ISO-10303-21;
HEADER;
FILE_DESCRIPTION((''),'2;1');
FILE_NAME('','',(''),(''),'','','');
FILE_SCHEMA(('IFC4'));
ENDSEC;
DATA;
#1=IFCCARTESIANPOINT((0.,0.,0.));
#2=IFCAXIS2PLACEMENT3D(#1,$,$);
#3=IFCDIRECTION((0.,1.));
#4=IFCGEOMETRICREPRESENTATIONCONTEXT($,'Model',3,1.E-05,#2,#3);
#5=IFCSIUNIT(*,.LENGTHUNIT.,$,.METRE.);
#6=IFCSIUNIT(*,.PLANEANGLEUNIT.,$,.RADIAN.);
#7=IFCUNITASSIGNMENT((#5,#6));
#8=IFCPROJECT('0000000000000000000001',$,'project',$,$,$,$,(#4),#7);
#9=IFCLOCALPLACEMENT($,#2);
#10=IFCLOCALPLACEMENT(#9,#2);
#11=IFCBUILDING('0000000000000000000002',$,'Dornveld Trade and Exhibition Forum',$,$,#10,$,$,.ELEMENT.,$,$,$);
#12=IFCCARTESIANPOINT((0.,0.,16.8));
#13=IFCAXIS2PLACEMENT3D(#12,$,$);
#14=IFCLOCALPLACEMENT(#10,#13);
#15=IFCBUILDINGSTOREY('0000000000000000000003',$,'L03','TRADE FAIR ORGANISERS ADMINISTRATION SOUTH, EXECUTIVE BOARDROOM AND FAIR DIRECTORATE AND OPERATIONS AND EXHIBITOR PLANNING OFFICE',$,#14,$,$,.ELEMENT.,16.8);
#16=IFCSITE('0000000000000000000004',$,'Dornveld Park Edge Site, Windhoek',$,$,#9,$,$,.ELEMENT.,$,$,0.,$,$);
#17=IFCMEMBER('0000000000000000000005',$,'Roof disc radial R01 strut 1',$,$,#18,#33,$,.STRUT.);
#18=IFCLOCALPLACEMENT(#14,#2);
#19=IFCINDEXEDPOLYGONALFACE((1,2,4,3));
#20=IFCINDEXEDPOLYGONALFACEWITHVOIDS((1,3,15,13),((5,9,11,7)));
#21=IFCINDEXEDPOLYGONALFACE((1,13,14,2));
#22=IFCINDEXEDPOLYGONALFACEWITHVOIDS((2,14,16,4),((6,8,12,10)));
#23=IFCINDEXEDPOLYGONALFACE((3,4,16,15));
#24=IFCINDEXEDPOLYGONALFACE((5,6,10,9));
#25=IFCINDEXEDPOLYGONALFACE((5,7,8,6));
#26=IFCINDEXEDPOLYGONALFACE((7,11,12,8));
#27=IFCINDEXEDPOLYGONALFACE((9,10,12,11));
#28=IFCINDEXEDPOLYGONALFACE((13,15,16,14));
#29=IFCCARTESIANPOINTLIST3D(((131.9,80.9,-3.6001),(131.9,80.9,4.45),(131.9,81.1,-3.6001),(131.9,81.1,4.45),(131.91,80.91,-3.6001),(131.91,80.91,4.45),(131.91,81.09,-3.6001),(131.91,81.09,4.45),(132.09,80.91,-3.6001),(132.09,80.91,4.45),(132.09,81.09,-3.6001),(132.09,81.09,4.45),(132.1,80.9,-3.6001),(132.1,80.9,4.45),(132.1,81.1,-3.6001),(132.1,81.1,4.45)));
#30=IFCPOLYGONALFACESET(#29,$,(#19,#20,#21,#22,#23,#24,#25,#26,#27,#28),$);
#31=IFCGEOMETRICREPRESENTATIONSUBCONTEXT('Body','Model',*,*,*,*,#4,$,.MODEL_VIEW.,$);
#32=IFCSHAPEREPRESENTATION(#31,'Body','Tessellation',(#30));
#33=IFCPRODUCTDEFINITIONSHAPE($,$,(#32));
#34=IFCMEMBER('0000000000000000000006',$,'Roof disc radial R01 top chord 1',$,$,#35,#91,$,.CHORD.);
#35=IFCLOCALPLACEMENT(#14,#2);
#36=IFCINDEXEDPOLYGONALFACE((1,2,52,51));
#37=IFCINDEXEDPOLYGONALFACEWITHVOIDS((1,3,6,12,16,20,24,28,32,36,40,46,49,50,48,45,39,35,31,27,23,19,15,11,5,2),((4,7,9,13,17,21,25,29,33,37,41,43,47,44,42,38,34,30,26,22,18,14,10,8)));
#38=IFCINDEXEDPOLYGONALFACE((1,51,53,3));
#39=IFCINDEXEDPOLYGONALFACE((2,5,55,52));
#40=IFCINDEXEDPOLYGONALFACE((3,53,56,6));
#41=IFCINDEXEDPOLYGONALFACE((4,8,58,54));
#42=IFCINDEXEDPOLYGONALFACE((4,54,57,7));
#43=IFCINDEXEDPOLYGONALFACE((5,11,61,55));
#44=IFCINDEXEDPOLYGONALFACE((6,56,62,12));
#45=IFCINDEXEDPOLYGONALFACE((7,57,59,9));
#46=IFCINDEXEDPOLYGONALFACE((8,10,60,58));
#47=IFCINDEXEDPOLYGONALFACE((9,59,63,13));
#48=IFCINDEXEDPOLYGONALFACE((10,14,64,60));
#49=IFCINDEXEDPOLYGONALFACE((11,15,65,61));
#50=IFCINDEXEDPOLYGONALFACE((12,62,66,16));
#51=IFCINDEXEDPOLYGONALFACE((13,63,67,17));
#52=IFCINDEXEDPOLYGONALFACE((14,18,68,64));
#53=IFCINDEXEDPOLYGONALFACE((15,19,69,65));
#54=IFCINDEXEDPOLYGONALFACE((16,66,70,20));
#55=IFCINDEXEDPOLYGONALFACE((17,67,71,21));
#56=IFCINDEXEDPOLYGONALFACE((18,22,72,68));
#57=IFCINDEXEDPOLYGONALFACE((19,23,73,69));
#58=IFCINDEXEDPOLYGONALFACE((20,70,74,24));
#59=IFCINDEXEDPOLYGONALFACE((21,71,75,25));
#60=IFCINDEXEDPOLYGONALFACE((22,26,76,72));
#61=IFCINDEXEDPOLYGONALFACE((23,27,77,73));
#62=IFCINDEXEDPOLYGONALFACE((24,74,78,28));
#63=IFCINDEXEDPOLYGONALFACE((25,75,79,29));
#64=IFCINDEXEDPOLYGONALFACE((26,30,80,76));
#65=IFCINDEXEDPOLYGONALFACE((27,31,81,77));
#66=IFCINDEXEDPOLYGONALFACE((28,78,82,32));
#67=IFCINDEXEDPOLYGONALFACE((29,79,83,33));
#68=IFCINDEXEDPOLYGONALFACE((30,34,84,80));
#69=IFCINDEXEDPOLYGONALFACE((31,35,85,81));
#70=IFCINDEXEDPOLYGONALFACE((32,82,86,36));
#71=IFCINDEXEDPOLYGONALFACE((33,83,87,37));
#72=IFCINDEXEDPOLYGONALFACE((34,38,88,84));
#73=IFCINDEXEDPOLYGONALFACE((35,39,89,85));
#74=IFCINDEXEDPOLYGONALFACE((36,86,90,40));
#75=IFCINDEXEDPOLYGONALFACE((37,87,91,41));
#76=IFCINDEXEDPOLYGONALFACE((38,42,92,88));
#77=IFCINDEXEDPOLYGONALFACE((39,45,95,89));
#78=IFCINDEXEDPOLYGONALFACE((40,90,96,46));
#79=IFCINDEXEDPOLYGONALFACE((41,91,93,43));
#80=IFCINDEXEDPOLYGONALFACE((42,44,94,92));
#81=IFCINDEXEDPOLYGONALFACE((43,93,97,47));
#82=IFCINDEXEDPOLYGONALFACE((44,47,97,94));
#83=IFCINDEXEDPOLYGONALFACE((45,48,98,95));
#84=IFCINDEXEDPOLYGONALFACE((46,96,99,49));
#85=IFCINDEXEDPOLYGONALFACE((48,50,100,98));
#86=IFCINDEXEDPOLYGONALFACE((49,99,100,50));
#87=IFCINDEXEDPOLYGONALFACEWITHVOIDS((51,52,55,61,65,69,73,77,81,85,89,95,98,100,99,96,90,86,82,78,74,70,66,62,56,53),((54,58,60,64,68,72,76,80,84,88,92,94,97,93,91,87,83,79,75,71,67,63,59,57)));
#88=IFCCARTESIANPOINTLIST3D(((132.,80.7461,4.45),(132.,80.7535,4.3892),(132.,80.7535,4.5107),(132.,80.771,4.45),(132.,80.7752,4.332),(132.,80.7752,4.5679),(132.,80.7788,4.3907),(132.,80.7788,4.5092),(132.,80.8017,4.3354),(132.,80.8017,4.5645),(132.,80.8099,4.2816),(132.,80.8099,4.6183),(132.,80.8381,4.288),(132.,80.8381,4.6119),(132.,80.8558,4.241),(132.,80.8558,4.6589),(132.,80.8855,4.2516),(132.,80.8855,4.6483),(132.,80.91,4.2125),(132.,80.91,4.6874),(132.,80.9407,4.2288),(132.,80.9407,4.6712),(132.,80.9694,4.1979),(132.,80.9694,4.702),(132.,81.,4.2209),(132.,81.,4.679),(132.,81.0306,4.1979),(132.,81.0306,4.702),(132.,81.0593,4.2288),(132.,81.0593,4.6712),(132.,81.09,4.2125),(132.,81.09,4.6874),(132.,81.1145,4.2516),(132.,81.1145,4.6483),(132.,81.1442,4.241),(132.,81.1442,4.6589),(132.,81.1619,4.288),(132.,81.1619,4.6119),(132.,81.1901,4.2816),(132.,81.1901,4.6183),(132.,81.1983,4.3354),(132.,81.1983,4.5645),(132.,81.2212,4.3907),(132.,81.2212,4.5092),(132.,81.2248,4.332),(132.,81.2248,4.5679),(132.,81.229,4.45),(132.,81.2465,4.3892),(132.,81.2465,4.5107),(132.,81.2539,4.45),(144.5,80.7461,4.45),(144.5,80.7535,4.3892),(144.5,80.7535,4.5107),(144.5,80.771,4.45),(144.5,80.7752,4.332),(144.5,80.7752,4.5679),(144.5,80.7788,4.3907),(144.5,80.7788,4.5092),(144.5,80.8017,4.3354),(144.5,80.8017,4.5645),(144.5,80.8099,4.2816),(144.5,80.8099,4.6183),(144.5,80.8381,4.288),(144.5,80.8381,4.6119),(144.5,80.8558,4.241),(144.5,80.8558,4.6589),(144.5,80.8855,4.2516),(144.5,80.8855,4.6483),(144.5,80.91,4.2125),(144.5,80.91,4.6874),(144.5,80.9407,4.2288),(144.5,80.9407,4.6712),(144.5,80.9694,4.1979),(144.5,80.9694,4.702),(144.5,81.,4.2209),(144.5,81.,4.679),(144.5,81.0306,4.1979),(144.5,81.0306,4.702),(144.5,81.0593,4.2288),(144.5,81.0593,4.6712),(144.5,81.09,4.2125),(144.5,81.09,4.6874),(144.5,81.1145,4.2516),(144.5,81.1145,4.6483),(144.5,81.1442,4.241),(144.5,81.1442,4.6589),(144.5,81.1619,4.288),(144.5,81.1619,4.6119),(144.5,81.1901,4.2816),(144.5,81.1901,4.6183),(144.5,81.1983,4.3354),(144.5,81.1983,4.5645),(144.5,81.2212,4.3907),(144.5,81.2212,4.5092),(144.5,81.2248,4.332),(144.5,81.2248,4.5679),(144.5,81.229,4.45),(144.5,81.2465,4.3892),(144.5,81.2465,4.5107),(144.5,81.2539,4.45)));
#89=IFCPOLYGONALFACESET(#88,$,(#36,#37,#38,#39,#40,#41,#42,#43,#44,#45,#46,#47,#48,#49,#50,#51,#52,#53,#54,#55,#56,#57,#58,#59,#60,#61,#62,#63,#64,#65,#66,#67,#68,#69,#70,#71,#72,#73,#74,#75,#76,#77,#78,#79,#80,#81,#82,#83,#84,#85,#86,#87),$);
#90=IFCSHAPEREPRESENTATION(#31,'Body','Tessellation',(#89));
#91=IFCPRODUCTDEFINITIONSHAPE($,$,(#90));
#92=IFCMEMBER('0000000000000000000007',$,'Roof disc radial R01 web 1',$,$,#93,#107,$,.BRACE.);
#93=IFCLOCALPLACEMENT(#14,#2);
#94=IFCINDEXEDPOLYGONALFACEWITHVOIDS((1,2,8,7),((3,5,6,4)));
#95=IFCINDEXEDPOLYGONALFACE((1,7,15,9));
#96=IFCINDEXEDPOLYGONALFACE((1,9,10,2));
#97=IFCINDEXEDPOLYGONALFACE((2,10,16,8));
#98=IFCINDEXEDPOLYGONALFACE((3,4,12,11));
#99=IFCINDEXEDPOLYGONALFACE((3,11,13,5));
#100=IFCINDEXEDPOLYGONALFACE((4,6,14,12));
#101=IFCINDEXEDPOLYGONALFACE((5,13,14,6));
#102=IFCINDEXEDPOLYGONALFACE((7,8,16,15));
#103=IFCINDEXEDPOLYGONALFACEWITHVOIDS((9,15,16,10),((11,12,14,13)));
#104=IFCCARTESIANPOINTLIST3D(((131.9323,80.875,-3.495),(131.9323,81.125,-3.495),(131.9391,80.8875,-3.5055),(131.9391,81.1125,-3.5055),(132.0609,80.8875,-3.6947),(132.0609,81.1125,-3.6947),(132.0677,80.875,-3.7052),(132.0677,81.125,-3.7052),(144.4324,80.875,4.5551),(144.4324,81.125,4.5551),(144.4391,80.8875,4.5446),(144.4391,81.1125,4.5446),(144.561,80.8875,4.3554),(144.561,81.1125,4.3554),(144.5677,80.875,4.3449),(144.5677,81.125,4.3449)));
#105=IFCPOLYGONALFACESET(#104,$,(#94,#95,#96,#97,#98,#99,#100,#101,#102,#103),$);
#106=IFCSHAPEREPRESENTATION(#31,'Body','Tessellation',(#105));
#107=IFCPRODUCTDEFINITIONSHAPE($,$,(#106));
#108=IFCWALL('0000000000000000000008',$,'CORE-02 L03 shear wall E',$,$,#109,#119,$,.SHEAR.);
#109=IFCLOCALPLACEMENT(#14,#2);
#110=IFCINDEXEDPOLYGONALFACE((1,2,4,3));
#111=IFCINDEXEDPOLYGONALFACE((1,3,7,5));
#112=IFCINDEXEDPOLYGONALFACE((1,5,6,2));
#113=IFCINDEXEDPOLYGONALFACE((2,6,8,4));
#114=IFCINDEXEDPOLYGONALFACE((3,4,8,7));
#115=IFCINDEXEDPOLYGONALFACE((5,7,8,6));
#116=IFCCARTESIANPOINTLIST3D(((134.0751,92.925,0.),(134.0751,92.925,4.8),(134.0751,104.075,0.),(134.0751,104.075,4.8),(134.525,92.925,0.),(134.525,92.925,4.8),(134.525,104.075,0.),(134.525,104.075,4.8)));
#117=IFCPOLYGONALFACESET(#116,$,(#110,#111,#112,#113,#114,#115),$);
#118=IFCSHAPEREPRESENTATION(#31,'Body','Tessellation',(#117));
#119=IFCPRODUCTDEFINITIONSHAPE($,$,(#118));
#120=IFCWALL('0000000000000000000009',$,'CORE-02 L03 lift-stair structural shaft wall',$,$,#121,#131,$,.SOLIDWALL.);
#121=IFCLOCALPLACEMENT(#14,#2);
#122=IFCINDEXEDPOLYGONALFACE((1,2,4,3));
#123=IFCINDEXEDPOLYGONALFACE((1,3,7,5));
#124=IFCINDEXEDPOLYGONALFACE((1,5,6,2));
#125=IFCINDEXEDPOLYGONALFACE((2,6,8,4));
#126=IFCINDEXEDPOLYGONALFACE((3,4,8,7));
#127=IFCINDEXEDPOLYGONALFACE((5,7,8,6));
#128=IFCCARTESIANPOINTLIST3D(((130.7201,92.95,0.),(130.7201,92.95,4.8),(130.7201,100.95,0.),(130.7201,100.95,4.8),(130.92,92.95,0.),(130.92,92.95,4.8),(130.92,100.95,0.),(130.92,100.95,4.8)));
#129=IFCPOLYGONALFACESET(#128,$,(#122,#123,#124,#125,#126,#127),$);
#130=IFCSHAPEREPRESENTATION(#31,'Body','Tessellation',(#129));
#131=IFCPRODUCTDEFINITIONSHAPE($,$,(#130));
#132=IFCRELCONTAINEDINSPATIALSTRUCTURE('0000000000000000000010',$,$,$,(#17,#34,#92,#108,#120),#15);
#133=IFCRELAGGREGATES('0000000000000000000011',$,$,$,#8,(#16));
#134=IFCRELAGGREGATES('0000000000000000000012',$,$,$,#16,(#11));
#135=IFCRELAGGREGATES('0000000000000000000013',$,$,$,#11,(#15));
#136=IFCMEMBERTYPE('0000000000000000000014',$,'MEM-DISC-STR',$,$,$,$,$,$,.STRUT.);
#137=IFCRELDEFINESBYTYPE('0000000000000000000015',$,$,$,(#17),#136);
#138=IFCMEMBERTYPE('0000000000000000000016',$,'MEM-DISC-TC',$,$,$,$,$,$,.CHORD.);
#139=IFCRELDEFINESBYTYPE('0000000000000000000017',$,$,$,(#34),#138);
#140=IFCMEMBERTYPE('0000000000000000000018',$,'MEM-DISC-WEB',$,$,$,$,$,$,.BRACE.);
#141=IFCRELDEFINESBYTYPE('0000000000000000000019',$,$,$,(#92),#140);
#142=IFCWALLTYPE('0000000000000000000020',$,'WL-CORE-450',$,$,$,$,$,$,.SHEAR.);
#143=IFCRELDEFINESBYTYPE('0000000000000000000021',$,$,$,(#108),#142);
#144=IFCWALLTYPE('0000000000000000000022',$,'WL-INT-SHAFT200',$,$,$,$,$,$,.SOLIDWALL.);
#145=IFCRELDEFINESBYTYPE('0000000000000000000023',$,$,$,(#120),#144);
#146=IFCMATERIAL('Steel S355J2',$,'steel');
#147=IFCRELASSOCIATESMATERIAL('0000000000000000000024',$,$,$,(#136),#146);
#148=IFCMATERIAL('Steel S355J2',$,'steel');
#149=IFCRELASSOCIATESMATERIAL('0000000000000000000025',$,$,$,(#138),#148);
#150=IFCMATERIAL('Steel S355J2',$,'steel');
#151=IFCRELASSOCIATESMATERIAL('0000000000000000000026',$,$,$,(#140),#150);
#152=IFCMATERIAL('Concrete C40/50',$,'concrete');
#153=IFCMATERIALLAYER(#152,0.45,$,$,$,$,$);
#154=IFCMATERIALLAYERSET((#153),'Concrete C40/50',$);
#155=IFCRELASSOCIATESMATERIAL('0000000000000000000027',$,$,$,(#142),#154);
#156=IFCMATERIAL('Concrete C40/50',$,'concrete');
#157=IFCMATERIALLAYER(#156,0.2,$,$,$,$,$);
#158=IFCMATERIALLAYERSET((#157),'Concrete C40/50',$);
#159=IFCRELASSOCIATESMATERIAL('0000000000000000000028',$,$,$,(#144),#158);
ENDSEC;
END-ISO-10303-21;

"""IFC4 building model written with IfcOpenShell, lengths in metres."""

from ifc_helpers import new_model, si_unit, direction, frame, frame_2d, origin, origin_2d, place, context, subcontext, project, spatial, rectangle, hollow_rectangle, hollow_circle, extrude, material, layer, layer_set, material_profile, profile_set, type_object, element, save


model = new_model("IFC4")

# Units and contexts
model_context = context("Model", 3, precision=1e-05, world=origin(), true_north=direction((0.0, 1.0)))
body_context = subcontext(model_context, "Body", "Model", "MODEL_VIEW")
ifc_project = project(units=[si_unit("LENGTHUNIT", "METRE"), si_unit("PLANEANGLEUNIT", "RADIAN")], contexts=[model_context])

# Site, building, storey
site_placement = place(None, origin())
site = spatial("IfcSite", under=ifc_project, at=site_placement, Name="Dornveld Park Edge Site, Windhoek", CompositionType="ELEMENT", RefElevation=0.0)
building_placement = place(site_placement, origin())
building = spatial("IfcBuilding", under=site, at=building_placement, Name="Dornveld Trade and Exhibition Forum", CompositionType="ELEMENT")
storey_placement = place(building_placement, frame((0.0, 0.0, 16.8)))
storey = spatial("IfcBuildingStorey", under=building, at=storey_placement, Name="L03", Description="TRADE FAIR ORGANISERS ADMINISTRATION SOUTH, EXECUTIVE BOARDROOM AND FAIR DIRECTORATE AND OPERATIONS AND EXHIBITOR PLANNING OFFICE", CompositionType="ELEMENT", Elevation=16.8)

# Members
ifc_material_1 = material(Name="Steel S355J2", Category="steel")
ifc_material_profile_1 = material_profile(ifc_material_1, hollow_rectangle(XDim=0.2, YDim=0.2, WallThickness=0.01, at=origin_2d()), Name="SHS 200x200x10")
ifc_profile_set_1 = profile_set([ifc_material_profile_1], Name="Steel S355J2")
member_type_1 = type_object("IfcMemberType", Name="MEM-DISC-STR", PredefinedType="STRUT", material=ifc_profile_set_1)
member_1_placement = place(storey_placement, frame((132.0, 81.0, -3.6001), z_axis=(0.0, 0.0, 1.0), x_axis=(1.0, 0.0, 0.0)))
element("IfcMember", 1, at=member_1_placement, inside=storey, type_object=member_type_1, Name="Roof disc radial R01 strut 1", PredefinedType="STRUT", context=body_context, shape_type="SweptSolid", body=[
    extrude(hollow_rectangle(XDim=0.2, YDim=0.2, WallThickness=0.01, at=origin_2d()), origin(), (0.0, 0.0, 1.0), 8.05),
])
ifc_material_2 = material(Name="Steel S355J2", Category="steel")
ifc_material_profile_2 = material_profile(ifc_material_2, hollow_circle(Radius=0.2539, WallThickness=0.0249, at=origin_2d()), Name="CHS 508x25")
ifc_profile_set_2 = profile_set([ifc_material_profile_2], Name="Steel S355J2")
member_type_2 = type_object("IfcMemberType", Name="MEM-DISC-TC", PredefinedType="CHORD", material=ifc_profile_set_2)
member_2_placement = place(storey_placement, frame((132.0, 81.0, 4.45), z_axis=(1.0, 0.0, 0.0), x_axis=(0.0, 1.0, 0.0)))
element("IfcMember", 2, at=member_2_placement, inside=storey, type_object=member_type_2, Name="Roof disc radial R01 top chord 1", PredefinedType="CHORD", context=body_context, shape_type="SweptSolid", body=[
    extrude(hollow_circle(Radius=0.2539, WallThickness=0.0249, at=origin_2d()), origin(), (0.0, 0.0, 1.0), 12.5),
])
ifc_material_3 = material(Name="Steel S355J2", Category="steel")
ifc_material_profile_3 = material_profile(ifc_material_3, hollow_rectangle(XDim=0.25, YDim=0.25, WallThickness=0.0125, at=origin_2d()), Name="SHS 250x250x12.5")
ifc_profile_set_3 = profile_set([ifc_material_profile_3], Name="Steel S355J2")
member_type_3 = type_object("IfcMemberType", Name="MEM-DISC-WEB", PredefinedType="BRACE", material=ifc_profile_set_3)
member_3_placement = place(storey_placement, frame((132.0, 81.0, -3.6001), z_axis=(0.84074, 0.0, 0.54144), x_axis=(0.0, 1.0, 0.0)))
element("IfcMember", 3, at=member_3_placement, inside=storey, type_object=member_type_3, Name="Roof disc radial R01 web 1", PredefinedType="BRACE", context=body_context, shape_type="SweptSolid", body=[
    extrude(hollow_rectangle(XDim=0.25, YDim=0.25, WallThickness=0.0125, at=origin_2d()), origin(), (0.0, 0.0, 1.0), 14.8679),
])

# Walls
ifc_material_4 = material(Name="Concrete C40/50", Category="concrete")
ifc_layer_1 = layer(ifc_material_4, 0.45)
ifc_layer_set_1 = layer_set([ifc_layer_1], Name="Concrete C40/50")
wall_type_1 = type_object("IfcWallType", Name="WL-CORE-450", PredefinedType="SHEAR", material=ifc_layer_set_1)
wall_1_placement = place(storey_placement, frame((134.3, 92.925, 0.0), z_axis=(0.0, 0.0, 1.0), x_axis=(0.0, 1.0, 0.0)))
element("IfcWall", 4, at=wall_1_placement, inside=storey, type_object=wall_type_1, Name="CORE-02 L03 shear wall E", PredefinedType="SHEAR", context=body_context, shape_type="SweptSolid", body=[
    extrude(rectangle(XDim=11.1499, YDim=0.45, at=frame_2d((5.575, 0.0))), origin(), (0.0, 0.0, 1.0), 4.8),
])
ifc_material_5 = material(Name="Concrete C40/50", Category="concrete")
ifc_layer_2 = layer(ifc_material_5, 0.2)
ifc_layer_set_2 = layer_set([ifc_layer_2], Name="Concrete C40/50")
wall_type_2 = type_object("IfcWallType", Name="WL-INT-SHAFT200", PredefinedType="SOLIDWALL", material=ifc_layer_set_2)
wall_2_placement = place(storey_placement, frame((130.8201, 92.95, 0.0), z_axis=(0.0, 0.0, 1.0), x_axis=(0.0, 1.0, 0.0)))
element("IfcWall", 5, at=wall_2_placement, inside=storey, type_object=wall_type_2, Name="CORE-02 L03 lift-stair structural shaft wall", PredefinedType="SOLIDWALL", context=body_context, shape_type="SweptSolid", body=[
    extrude(rectangle(XDim=8.0, YDim=0.2, at=frame_2d((4.0, 0.0))), origin(), (0.0, 0.0, 1.0), 4.8),
])

save(model, "model.ifc")
